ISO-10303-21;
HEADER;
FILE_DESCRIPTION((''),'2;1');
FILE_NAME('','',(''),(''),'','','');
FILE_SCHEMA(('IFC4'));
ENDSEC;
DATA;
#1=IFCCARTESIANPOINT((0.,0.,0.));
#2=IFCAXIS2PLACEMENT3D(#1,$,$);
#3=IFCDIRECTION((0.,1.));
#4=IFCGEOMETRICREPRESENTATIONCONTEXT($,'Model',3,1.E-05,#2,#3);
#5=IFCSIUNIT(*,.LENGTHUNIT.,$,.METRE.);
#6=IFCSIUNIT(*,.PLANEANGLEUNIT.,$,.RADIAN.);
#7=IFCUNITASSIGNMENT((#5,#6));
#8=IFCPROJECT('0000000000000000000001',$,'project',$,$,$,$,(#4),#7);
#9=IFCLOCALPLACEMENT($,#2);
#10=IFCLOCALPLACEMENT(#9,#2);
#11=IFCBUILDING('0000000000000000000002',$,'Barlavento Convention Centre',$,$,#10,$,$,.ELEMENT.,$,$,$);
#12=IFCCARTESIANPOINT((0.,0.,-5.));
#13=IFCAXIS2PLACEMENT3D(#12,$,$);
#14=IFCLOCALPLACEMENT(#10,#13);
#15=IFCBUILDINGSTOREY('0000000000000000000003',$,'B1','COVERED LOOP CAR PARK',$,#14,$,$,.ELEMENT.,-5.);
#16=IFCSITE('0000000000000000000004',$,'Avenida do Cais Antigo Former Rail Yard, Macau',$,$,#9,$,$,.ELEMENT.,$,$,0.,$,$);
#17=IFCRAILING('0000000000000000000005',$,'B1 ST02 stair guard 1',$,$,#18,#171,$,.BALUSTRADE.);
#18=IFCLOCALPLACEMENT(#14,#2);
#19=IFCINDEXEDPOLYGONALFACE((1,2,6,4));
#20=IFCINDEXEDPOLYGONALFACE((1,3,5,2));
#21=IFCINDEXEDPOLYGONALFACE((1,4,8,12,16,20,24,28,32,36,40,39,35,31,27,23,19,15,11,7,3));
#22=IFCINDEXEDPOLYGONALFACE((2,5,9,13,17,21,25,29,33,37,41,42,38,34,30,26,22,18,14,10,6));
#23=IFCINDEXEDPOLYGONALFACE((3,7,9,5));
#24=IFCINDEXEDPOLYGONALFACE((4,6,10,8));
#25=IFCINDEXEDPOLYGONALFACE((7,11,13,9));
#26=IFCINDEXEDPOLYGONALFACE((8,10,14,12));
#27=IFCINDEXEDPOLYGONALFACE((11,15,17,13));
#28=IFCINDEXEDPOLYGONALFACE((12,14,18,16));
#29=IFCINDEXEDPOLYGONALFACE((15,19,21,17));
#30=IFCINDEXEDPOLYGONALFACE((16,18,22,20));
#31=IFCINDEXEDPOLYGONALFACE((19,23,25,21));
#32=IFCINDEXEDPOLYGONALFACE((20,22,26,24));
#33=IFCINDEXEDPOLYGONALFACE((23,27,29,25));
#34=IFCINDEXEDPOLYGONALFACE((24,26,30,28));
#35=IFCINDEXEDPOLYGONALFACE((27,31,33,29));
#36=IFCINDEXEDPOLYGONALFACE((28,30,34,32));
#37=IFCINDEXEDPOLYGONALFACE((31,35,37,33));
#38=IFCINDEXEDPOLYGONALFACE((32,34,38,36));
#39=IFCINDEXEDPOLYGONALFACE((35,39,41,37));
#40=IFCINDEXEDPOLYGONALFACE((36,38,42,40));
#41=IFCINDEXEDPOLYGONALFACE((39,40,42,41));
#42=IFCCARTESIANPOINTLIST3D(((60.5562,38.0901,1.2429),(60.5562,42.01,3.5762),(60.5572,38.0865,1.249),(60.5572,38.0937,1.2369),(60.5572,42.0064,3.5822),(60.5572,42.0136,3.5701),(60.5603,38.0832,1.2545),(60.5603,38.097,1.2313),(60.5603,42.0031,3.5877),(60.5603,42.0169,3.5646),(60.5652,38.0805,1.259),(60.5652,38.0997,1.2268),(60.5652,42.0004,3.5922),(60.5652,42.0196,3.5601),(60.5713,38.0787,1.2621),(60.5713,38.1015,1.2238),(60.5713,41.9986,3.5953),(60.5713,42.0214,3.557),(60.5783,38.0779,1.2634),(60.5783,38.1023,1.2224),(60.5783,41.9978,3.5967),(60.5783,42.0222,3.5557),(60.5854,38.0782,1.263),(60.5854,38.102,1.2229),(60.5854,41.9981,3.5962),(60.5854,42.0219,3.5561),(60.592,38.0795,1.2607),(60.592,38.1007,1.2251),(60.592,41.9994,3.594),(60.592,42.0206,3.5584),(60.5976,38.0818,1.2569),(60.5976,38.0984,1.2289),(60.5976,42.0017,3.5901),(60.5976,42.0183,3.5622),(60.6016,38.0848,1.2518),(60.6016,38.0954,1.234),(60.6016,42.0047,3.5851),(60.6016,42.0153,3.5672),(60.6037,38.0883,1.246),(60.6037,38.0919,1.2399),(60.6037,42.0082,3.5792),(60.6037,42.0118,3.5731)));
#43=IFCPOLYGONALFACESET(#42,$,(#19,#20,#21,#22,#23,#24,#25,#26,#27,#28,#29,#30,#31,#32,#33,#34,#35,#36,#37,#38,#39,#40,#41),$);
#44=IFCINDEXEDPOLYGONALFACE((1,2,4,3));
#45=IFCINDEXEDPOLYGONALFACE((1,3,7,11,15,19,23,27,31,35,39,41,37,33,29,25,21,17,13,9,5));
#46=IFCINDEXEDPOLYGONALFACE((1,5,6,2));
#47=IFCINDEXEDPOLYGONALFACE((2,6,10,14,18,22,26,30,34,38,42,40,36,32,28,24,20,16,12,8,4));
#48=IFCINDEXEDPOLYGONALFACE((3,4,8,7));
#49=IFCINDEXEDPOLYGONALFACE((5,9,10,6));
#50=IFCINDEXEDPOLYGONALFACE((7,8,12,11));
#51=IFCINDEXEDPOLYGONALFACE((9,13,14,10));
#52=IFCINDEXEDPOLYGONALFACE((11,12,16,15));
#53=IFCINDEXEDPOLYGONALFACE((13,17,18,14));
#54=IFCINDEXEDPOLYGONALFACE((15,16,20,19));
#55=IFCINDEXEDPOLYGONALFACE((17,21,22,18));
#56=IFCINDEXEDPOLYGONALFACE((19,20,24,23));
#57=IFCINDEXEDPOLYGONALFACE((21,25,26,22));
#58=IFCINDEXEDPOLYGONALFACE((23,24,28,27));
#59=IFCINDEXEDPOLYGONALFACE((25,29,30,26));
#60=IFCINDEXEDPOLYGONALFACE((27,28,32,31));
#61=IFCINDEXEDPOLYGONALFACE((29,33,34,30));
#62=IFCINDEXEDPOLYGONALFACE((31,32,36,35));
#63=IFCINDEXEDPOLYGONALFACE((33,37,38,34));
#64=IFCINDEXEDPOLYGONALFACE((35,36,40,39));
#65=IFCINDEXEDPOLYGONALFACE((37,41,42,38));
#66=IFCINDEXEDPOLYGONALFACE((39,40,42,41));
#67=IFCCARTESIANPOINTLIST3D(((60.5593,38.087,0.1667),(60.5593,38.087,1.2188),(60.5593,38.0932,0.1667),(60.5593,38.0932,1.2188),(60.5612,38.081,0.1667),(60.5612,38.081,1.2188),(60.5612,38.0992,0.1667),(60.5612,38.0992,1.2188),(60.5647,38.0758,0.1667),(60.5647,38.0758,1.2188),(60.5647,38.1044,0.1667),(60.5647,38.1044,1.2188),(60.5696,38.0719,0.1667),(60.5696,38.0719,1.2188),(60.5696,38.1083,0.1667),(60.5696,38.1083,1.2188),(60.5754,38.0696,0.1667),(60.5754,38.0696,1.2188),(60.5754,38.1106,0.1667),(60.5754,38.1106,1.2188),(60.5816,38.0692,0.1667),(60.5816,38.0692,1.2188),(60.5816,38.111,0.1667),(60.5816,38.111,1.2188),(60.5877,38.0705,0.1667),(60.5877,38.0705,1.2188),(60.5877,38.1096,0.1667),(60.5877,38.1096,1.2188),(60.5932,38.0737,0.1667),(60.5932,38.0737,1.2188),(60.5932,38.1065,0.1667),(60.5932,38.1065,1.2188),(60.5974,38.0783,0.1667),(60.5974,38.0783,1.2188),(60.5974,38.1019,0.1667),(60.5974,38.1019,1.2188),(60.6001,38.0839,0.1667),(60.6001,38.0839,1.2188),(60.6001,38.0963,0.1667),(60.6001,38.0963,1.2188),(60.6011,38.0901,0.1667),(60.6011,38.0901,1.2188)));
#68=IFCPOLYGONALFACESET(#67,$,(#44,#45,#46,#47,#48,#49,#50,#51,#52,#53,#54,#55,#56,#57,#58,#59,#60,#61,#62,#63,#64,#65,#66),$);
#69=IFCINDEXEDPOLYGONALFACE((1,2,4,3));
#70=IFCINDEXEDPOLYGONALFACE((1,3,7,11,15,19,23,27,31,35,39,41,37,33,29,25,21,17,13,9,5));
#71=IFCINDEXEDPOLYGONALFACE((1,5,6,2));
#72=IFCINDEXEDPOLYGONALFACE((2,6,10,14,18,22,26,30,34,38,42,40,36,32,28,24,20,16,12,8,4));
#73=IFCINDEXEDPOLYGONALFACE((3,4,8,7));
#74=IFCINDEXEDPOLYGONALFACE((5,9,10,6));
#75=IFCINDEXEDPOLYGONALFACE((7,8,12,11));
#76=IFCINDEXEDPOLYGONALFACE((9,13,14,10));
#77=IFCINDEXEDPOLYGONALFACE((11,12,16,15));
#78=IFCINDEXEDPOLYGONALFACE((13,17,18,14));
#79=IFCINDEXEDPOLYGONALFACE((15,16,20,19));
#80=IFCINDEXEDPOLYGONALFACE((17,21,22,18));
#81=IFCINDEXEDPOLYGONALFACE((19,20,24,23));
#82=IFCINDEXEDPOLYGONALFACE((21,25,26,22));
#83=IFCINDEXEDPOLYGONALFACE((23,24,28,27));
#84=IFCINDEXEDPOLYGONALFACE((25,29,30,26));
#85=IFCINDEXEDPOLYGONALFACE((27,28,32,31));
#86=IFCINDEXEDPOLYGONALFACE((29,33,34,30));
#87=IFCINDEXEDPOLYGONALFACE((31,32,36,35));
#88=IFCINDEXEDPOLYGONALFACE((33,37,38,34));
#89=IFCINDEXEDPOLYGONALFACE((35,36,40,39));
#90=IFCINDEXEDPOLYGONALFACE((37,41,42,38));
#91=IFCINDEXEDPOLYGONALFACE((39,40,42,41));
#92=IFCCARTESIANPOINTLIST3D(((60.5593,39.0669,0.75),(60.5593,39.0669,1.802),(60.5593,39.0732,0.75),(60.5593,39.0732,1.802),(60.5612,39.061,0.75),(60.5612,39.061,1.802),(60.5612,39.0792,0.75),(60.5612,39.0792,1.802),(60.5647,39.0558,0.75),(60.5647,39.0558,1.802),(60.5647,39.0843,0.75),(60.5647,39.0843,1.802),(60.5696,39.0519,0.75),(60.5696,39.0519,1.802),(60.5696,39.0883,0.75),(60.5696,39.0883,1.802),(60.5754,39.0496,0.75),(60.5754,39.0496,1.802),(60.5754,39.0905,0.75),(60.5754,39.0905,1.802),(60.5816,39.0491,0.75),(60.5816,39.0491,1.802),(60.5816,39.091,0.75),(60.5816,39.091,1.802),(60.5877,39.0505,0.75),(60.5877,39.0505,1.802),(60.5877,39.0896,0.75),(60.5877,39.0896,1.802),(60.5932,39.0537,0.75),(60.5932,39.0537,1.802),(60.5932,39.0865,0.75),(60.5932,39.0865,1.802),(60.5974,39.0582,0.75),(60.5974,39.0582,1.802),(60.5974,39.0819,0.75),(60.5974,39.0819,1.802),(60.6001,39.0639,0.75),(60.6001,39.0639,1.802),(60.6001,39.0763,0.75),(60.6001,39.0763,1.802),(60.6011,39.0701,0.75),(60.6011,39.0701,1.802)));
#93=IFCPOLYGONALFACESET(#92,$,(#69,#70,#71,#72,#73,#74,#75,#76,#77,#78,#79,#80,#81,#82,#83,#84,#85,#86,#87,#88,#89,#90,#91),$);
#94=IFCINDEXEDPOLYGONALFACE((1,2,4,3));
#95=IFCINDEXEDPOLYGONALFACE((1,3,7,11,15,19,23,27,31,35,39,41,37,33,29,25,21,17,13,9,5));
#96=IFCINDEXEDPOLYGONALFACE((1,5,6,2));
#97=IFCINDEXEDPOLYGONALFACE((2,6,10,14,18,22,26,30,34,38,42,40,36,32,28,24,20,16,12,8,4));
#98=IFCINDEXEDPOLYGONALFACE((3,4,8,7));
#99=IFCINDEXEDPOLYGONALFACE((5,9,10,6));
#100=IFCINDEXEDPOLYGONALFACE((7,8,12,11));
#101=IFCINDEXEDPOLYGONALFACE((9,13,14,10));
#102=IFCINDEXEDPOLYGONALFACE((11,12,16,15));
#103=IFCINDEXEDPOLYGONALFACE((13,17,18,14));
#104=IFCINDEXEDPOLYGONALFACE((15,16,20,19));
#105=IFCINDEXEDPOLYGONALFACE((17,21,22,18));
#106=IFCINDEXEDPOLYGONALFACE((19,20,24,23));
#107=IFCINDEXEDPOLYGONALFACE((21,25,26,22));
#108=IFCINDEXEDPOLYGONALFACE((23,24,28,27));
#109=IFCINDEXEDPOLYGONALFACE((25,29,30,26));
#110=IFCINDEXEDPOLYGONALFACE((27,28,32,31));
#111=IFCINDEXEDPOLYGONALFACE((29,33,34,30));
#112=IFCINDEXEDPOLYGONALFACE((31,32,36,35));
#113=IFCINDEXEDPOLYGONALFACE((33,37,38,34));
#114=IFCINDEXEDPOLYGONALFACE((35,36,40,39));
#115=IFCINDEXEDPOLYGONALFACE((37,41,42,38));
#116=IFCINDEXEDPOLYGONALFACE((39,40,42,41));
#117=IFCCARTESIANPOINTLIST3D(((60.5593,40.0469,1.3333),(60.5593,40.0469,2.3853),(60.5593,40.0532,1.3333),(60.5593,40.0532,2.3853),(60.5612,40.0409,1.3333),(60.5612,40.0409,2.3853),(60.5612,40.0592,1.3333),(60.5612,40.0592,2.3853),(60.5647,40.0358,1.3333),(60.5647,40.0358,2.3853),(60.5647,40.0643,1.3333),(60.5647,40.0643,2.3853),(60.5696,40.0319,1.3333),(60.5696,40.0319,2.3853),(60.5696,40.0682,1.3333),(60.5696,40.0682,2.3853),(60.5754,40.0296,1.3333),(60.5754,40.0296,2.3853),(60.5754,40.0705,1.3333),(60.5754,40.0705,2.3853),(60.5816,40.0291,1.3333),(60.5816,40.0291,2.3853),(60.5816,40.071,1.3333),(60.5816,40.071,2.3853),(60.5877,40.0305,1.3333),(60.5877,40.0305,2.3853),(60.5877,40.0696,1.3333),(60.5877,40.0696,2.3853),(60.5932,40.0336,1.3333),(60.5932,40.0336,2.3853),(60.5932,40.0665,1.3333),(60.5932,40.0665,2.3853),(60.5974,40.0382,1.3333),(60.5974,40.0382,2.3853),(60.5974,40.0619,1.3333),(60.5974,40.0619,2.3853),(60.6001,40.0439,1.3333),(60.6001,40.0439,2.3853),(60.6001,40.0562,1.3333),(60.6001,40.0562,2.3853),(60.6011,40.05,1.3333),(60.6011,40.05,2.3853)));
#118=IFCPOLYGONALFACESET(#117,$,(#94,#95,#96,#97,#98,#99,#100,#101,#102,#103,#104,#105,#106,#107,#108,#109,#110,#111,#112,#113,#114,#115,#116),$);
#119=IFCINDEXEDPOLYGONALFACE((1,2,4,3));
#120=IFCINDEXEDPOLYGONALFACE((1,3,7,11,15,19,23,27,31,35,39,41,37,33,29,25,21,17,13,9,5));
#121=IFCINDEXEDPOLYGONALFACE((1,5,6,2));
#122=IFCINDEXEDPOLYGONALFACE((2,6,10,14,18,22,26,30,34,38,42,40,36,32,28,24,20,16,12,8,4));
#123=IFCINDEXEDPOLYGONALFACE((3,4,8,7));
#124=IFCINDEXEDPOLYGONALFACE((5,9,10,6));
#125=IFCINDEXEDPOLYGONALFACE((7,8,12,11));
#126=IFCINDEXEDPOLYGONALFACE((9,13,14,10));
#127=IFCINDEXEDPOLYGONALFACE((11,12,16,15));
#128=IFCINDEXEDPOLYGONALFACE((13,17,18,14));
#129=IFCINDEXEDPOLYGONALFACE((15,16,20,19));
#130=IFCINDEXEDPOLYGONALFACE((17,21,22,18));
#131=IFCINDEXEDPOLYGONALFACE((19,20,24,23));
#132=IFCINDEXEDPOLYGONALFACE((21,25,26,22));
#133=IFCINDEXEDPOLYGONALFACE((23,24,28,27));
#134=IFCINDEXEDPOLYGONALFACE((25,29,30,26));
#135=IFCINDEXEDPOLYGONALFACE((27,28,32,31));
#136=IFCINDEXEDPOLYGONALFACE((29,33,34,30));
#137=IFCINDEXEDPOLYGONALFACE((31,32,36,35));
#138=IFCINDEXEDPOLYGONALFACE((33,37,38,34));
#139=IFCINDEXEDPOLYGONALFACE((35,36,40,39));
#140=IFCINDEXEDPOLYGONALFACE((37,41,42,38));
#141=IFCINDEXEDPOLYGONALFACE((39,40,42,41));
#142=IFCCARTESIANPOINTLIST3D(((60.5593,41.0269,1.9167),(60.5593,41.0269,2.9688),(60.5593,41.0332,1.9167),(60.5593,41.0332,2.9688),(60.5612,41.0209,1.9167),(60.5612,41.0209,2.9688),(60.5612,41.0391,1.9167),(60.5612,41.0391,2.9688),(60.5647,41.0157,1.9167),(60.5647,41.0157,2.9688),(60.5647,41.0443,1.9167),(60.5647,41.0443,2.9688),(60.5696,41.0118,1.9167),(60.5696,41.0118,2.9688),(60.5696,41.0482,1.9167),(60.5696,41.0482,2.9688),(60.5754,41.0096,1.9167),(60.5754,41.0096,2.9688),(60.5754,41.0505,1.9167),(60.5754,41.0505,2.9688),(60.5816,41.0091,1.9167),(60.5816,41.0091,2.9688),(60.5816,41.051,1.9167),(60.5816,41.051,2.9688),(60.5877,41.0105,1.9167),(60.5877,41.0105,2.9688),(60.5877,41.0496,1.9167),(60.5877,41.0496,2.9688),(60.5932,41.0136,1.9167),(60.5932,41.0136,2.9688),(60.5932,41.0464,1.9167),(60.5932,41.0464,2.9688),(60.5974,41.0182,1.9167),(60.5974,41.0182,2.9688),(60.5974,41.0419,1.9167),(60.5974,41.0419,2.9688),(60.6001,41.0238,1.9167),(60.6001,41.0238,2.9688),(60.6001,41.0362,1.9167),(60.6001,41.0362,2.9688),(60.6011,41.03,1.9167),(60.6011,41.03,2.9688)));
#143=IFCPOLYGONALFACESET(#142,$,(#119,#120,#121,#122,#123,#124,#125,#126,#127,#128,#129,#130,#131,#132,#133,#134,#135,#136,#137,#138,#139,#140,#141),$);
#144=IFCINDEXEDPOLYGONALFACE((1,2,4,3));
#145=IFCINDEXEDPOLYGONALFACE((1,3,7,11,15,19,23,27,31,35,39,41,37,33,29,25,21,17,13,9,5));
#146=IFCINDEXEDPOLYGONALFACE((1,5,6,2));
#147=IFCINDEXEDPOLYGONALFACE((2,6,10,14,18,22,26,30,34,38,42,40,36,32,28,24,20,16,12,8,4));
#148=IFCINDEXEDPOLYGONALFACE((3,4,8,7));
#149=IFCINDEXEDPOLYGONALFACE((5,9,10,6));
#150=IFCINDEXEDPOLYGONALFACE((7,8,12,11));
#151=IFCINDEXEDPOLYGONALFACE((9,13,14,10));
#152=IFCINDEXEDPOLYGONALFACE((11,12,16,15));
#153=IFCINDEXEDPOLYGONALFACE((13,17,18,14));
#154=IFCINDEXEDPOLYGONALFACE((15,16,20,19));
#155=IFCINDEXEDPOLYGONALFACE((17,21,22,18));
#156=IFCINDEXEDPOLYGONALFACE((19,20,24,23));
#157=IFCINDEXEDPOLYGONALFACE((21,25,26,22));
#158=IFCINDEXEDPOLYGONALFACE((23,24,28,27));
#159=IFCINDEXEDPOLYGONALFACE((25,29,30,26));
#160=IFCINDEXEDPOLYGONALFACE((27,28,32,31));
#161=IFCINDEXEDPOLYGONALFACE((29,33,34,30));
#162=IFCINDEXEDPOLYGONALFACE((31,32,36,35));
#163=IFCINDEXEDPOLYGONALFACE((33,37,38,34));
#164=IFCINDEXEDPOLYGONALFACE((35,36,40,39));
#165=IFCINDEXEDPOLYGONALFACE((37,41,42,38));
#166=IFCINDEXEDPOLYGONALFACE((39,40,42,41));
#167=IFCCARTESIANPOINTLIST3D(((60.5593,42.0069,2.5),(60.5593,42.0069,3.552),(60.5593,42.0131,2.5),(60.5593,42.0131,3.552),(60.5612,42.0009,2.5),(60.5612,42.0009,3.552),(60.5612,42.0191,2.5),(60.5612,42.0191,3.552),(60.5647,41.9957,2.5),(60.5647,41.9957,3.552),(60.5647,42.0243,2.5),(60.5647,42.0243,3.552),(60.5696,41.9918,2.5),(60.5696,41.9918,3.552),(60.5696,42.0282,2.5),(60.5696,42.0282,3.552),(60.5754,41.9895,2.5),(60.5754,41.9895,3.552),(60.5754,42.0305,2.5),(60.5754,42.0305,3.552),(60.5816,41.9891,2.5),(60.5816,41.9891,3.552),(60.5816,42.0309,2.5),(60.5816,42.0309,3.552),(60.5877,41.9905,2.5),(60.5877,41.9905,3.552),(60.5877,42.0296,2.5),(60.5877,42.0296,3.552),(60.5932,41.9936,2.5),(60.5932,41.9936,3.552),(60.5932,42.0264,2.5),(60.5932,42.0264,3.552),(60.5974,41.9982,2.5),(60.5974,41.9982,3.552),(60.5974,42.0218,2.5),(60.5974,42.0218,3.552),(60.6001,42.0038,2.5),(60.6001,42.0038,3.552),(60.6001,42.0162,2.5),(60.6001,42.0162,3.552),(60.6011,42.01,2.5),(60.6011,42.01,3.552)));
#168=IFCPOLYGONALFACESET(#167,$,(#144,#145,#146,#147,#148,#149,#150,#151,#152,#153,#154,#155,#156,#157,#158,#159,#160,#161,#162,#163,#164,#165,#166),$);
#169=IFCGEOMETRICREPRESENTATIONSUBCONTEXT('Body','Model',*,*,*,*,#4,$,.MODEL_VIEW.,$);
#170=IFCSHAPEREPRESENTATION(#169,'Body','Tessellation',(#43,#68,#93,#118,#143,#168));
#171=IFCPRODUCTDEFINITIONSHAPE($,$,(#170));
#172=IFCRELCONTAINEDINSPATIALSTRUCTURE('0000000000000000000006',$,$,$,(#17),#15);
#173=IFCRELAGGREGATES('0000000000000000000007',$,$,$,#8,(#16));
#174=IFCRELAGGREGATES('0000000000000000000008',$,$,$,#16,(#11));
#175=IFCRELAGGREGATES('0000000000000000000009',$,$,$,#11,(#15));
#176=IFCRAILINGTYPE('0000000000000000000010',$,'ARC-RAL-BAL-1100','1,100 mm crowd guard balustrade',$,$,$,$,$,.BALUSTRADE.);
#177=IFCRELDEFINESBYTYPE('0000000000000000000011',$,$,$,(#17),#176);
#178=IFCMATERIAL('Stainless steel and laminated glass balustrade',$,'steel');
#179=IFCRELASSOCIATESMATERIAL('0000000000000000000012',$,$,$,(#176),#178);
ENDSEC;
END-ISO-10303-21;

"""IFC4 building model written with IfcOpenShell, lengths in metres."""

from ifc_helpers import new_model, si_unit, direction, frame, origin, origin_2d, place, context, subcontext, project, spatial, circle, extrude, material, type_object, element, save


model = new_model("IFC4")

# Units and contexts
model_context = context("Model", 3, precision=1e-05, world=origin(), true_north=direction((0.0, 1.0)))
body_context = subcontext(model_context, "Body", "Model", "MODEL_VIEW")
ifc_project = project(units=[si_unit("LENGTHUNIT", "METRE"), si_unit("PLANEANGLEUNIT", "RADIAN")], contexts=[model_context])

# Site, building, storey
site_placement = place(None, origin())
site = spatial("IfcSite", under=ifc_project, at=site_placement, Name="Avenida do Cais Antigo Former Rail Yard, Macau", CompositionType="ELEMENT", RefElevation=0.0)
building_placement = place(site_placement, origin())
building = spatial("IfcBuilding", under=site, at=building_placement, Name="Barlavento Convention Centre", CompositionType="ELEMENT")
storey_placement = place(building_placement, frame((0.0, 0.0, -5.0)))
storey = spatial("IfcBuildingStorey", under=building, at=storey_placement, Name="B1", Description="COVERED LOOP CAR PARK", CompositionType="ELEMENT", Elevation=-5.0)

# Railing
ifc_material_1 = material(Name="Stainless steel and laminated glass balustrade", Category="steel")
railing_type_1 = type_object("IfcRailingType", Name="ARC-RAL-BAL-1100", Description="1,100 mm crowd guard balustrade", PredefinedType="BALUSTRADE", material=ifc_material_1)
railing_1_placement = place(storey_placement, frame((60.5801, 38.0901, 0.1667)))
element("IfcRailing", 1, at=railing_1_placement, inside=storey, type_object=railing_type_1, Name="B1 ST02 stair guard 1", PredefinedType="BALUSTRADE", context=body_context, shape_type="SweptSolid", body=[
    extrude(circle(Radius=0.0239, at=origin_2d()), frame((0.0, 0.0, 1.0762), z_axis=(0.0, 0.859296, 0.511478), x_axis=(-1.0, 0.0, 0.0)), (0.0, 0.0, 1.0), 4.5618),
    extrude(circle(Radius=0.021, at=origin_2d()), origin(), (0.0, 0.0, 1.0), 1.052),
    extrude(circle(Radius=0.021, at=origin_2d()), frame((0.0, 0.98, 0.5833)), (0.0, 0.0, 1.0), 1.052),
    extrude(circle(Radius=0.021, at=origin_2d()), frame((0.0, 1.96, 1.1665)), (0.0, 0.0, 1.0), 1.052),
    extrude(circle(Radius=0.021, at=origin_2d()), frame((0.0, 2.9399, 1.75)), (0.0, 0.0, 1.0), 1.052),
    extrude(circle(Radius=0.021, at=origin_2d()), frame((0.0, 3.9199, 2.3333)), (0.0, 0.0, 1.0), 1.052),
])

save(model, "model.ifc")
